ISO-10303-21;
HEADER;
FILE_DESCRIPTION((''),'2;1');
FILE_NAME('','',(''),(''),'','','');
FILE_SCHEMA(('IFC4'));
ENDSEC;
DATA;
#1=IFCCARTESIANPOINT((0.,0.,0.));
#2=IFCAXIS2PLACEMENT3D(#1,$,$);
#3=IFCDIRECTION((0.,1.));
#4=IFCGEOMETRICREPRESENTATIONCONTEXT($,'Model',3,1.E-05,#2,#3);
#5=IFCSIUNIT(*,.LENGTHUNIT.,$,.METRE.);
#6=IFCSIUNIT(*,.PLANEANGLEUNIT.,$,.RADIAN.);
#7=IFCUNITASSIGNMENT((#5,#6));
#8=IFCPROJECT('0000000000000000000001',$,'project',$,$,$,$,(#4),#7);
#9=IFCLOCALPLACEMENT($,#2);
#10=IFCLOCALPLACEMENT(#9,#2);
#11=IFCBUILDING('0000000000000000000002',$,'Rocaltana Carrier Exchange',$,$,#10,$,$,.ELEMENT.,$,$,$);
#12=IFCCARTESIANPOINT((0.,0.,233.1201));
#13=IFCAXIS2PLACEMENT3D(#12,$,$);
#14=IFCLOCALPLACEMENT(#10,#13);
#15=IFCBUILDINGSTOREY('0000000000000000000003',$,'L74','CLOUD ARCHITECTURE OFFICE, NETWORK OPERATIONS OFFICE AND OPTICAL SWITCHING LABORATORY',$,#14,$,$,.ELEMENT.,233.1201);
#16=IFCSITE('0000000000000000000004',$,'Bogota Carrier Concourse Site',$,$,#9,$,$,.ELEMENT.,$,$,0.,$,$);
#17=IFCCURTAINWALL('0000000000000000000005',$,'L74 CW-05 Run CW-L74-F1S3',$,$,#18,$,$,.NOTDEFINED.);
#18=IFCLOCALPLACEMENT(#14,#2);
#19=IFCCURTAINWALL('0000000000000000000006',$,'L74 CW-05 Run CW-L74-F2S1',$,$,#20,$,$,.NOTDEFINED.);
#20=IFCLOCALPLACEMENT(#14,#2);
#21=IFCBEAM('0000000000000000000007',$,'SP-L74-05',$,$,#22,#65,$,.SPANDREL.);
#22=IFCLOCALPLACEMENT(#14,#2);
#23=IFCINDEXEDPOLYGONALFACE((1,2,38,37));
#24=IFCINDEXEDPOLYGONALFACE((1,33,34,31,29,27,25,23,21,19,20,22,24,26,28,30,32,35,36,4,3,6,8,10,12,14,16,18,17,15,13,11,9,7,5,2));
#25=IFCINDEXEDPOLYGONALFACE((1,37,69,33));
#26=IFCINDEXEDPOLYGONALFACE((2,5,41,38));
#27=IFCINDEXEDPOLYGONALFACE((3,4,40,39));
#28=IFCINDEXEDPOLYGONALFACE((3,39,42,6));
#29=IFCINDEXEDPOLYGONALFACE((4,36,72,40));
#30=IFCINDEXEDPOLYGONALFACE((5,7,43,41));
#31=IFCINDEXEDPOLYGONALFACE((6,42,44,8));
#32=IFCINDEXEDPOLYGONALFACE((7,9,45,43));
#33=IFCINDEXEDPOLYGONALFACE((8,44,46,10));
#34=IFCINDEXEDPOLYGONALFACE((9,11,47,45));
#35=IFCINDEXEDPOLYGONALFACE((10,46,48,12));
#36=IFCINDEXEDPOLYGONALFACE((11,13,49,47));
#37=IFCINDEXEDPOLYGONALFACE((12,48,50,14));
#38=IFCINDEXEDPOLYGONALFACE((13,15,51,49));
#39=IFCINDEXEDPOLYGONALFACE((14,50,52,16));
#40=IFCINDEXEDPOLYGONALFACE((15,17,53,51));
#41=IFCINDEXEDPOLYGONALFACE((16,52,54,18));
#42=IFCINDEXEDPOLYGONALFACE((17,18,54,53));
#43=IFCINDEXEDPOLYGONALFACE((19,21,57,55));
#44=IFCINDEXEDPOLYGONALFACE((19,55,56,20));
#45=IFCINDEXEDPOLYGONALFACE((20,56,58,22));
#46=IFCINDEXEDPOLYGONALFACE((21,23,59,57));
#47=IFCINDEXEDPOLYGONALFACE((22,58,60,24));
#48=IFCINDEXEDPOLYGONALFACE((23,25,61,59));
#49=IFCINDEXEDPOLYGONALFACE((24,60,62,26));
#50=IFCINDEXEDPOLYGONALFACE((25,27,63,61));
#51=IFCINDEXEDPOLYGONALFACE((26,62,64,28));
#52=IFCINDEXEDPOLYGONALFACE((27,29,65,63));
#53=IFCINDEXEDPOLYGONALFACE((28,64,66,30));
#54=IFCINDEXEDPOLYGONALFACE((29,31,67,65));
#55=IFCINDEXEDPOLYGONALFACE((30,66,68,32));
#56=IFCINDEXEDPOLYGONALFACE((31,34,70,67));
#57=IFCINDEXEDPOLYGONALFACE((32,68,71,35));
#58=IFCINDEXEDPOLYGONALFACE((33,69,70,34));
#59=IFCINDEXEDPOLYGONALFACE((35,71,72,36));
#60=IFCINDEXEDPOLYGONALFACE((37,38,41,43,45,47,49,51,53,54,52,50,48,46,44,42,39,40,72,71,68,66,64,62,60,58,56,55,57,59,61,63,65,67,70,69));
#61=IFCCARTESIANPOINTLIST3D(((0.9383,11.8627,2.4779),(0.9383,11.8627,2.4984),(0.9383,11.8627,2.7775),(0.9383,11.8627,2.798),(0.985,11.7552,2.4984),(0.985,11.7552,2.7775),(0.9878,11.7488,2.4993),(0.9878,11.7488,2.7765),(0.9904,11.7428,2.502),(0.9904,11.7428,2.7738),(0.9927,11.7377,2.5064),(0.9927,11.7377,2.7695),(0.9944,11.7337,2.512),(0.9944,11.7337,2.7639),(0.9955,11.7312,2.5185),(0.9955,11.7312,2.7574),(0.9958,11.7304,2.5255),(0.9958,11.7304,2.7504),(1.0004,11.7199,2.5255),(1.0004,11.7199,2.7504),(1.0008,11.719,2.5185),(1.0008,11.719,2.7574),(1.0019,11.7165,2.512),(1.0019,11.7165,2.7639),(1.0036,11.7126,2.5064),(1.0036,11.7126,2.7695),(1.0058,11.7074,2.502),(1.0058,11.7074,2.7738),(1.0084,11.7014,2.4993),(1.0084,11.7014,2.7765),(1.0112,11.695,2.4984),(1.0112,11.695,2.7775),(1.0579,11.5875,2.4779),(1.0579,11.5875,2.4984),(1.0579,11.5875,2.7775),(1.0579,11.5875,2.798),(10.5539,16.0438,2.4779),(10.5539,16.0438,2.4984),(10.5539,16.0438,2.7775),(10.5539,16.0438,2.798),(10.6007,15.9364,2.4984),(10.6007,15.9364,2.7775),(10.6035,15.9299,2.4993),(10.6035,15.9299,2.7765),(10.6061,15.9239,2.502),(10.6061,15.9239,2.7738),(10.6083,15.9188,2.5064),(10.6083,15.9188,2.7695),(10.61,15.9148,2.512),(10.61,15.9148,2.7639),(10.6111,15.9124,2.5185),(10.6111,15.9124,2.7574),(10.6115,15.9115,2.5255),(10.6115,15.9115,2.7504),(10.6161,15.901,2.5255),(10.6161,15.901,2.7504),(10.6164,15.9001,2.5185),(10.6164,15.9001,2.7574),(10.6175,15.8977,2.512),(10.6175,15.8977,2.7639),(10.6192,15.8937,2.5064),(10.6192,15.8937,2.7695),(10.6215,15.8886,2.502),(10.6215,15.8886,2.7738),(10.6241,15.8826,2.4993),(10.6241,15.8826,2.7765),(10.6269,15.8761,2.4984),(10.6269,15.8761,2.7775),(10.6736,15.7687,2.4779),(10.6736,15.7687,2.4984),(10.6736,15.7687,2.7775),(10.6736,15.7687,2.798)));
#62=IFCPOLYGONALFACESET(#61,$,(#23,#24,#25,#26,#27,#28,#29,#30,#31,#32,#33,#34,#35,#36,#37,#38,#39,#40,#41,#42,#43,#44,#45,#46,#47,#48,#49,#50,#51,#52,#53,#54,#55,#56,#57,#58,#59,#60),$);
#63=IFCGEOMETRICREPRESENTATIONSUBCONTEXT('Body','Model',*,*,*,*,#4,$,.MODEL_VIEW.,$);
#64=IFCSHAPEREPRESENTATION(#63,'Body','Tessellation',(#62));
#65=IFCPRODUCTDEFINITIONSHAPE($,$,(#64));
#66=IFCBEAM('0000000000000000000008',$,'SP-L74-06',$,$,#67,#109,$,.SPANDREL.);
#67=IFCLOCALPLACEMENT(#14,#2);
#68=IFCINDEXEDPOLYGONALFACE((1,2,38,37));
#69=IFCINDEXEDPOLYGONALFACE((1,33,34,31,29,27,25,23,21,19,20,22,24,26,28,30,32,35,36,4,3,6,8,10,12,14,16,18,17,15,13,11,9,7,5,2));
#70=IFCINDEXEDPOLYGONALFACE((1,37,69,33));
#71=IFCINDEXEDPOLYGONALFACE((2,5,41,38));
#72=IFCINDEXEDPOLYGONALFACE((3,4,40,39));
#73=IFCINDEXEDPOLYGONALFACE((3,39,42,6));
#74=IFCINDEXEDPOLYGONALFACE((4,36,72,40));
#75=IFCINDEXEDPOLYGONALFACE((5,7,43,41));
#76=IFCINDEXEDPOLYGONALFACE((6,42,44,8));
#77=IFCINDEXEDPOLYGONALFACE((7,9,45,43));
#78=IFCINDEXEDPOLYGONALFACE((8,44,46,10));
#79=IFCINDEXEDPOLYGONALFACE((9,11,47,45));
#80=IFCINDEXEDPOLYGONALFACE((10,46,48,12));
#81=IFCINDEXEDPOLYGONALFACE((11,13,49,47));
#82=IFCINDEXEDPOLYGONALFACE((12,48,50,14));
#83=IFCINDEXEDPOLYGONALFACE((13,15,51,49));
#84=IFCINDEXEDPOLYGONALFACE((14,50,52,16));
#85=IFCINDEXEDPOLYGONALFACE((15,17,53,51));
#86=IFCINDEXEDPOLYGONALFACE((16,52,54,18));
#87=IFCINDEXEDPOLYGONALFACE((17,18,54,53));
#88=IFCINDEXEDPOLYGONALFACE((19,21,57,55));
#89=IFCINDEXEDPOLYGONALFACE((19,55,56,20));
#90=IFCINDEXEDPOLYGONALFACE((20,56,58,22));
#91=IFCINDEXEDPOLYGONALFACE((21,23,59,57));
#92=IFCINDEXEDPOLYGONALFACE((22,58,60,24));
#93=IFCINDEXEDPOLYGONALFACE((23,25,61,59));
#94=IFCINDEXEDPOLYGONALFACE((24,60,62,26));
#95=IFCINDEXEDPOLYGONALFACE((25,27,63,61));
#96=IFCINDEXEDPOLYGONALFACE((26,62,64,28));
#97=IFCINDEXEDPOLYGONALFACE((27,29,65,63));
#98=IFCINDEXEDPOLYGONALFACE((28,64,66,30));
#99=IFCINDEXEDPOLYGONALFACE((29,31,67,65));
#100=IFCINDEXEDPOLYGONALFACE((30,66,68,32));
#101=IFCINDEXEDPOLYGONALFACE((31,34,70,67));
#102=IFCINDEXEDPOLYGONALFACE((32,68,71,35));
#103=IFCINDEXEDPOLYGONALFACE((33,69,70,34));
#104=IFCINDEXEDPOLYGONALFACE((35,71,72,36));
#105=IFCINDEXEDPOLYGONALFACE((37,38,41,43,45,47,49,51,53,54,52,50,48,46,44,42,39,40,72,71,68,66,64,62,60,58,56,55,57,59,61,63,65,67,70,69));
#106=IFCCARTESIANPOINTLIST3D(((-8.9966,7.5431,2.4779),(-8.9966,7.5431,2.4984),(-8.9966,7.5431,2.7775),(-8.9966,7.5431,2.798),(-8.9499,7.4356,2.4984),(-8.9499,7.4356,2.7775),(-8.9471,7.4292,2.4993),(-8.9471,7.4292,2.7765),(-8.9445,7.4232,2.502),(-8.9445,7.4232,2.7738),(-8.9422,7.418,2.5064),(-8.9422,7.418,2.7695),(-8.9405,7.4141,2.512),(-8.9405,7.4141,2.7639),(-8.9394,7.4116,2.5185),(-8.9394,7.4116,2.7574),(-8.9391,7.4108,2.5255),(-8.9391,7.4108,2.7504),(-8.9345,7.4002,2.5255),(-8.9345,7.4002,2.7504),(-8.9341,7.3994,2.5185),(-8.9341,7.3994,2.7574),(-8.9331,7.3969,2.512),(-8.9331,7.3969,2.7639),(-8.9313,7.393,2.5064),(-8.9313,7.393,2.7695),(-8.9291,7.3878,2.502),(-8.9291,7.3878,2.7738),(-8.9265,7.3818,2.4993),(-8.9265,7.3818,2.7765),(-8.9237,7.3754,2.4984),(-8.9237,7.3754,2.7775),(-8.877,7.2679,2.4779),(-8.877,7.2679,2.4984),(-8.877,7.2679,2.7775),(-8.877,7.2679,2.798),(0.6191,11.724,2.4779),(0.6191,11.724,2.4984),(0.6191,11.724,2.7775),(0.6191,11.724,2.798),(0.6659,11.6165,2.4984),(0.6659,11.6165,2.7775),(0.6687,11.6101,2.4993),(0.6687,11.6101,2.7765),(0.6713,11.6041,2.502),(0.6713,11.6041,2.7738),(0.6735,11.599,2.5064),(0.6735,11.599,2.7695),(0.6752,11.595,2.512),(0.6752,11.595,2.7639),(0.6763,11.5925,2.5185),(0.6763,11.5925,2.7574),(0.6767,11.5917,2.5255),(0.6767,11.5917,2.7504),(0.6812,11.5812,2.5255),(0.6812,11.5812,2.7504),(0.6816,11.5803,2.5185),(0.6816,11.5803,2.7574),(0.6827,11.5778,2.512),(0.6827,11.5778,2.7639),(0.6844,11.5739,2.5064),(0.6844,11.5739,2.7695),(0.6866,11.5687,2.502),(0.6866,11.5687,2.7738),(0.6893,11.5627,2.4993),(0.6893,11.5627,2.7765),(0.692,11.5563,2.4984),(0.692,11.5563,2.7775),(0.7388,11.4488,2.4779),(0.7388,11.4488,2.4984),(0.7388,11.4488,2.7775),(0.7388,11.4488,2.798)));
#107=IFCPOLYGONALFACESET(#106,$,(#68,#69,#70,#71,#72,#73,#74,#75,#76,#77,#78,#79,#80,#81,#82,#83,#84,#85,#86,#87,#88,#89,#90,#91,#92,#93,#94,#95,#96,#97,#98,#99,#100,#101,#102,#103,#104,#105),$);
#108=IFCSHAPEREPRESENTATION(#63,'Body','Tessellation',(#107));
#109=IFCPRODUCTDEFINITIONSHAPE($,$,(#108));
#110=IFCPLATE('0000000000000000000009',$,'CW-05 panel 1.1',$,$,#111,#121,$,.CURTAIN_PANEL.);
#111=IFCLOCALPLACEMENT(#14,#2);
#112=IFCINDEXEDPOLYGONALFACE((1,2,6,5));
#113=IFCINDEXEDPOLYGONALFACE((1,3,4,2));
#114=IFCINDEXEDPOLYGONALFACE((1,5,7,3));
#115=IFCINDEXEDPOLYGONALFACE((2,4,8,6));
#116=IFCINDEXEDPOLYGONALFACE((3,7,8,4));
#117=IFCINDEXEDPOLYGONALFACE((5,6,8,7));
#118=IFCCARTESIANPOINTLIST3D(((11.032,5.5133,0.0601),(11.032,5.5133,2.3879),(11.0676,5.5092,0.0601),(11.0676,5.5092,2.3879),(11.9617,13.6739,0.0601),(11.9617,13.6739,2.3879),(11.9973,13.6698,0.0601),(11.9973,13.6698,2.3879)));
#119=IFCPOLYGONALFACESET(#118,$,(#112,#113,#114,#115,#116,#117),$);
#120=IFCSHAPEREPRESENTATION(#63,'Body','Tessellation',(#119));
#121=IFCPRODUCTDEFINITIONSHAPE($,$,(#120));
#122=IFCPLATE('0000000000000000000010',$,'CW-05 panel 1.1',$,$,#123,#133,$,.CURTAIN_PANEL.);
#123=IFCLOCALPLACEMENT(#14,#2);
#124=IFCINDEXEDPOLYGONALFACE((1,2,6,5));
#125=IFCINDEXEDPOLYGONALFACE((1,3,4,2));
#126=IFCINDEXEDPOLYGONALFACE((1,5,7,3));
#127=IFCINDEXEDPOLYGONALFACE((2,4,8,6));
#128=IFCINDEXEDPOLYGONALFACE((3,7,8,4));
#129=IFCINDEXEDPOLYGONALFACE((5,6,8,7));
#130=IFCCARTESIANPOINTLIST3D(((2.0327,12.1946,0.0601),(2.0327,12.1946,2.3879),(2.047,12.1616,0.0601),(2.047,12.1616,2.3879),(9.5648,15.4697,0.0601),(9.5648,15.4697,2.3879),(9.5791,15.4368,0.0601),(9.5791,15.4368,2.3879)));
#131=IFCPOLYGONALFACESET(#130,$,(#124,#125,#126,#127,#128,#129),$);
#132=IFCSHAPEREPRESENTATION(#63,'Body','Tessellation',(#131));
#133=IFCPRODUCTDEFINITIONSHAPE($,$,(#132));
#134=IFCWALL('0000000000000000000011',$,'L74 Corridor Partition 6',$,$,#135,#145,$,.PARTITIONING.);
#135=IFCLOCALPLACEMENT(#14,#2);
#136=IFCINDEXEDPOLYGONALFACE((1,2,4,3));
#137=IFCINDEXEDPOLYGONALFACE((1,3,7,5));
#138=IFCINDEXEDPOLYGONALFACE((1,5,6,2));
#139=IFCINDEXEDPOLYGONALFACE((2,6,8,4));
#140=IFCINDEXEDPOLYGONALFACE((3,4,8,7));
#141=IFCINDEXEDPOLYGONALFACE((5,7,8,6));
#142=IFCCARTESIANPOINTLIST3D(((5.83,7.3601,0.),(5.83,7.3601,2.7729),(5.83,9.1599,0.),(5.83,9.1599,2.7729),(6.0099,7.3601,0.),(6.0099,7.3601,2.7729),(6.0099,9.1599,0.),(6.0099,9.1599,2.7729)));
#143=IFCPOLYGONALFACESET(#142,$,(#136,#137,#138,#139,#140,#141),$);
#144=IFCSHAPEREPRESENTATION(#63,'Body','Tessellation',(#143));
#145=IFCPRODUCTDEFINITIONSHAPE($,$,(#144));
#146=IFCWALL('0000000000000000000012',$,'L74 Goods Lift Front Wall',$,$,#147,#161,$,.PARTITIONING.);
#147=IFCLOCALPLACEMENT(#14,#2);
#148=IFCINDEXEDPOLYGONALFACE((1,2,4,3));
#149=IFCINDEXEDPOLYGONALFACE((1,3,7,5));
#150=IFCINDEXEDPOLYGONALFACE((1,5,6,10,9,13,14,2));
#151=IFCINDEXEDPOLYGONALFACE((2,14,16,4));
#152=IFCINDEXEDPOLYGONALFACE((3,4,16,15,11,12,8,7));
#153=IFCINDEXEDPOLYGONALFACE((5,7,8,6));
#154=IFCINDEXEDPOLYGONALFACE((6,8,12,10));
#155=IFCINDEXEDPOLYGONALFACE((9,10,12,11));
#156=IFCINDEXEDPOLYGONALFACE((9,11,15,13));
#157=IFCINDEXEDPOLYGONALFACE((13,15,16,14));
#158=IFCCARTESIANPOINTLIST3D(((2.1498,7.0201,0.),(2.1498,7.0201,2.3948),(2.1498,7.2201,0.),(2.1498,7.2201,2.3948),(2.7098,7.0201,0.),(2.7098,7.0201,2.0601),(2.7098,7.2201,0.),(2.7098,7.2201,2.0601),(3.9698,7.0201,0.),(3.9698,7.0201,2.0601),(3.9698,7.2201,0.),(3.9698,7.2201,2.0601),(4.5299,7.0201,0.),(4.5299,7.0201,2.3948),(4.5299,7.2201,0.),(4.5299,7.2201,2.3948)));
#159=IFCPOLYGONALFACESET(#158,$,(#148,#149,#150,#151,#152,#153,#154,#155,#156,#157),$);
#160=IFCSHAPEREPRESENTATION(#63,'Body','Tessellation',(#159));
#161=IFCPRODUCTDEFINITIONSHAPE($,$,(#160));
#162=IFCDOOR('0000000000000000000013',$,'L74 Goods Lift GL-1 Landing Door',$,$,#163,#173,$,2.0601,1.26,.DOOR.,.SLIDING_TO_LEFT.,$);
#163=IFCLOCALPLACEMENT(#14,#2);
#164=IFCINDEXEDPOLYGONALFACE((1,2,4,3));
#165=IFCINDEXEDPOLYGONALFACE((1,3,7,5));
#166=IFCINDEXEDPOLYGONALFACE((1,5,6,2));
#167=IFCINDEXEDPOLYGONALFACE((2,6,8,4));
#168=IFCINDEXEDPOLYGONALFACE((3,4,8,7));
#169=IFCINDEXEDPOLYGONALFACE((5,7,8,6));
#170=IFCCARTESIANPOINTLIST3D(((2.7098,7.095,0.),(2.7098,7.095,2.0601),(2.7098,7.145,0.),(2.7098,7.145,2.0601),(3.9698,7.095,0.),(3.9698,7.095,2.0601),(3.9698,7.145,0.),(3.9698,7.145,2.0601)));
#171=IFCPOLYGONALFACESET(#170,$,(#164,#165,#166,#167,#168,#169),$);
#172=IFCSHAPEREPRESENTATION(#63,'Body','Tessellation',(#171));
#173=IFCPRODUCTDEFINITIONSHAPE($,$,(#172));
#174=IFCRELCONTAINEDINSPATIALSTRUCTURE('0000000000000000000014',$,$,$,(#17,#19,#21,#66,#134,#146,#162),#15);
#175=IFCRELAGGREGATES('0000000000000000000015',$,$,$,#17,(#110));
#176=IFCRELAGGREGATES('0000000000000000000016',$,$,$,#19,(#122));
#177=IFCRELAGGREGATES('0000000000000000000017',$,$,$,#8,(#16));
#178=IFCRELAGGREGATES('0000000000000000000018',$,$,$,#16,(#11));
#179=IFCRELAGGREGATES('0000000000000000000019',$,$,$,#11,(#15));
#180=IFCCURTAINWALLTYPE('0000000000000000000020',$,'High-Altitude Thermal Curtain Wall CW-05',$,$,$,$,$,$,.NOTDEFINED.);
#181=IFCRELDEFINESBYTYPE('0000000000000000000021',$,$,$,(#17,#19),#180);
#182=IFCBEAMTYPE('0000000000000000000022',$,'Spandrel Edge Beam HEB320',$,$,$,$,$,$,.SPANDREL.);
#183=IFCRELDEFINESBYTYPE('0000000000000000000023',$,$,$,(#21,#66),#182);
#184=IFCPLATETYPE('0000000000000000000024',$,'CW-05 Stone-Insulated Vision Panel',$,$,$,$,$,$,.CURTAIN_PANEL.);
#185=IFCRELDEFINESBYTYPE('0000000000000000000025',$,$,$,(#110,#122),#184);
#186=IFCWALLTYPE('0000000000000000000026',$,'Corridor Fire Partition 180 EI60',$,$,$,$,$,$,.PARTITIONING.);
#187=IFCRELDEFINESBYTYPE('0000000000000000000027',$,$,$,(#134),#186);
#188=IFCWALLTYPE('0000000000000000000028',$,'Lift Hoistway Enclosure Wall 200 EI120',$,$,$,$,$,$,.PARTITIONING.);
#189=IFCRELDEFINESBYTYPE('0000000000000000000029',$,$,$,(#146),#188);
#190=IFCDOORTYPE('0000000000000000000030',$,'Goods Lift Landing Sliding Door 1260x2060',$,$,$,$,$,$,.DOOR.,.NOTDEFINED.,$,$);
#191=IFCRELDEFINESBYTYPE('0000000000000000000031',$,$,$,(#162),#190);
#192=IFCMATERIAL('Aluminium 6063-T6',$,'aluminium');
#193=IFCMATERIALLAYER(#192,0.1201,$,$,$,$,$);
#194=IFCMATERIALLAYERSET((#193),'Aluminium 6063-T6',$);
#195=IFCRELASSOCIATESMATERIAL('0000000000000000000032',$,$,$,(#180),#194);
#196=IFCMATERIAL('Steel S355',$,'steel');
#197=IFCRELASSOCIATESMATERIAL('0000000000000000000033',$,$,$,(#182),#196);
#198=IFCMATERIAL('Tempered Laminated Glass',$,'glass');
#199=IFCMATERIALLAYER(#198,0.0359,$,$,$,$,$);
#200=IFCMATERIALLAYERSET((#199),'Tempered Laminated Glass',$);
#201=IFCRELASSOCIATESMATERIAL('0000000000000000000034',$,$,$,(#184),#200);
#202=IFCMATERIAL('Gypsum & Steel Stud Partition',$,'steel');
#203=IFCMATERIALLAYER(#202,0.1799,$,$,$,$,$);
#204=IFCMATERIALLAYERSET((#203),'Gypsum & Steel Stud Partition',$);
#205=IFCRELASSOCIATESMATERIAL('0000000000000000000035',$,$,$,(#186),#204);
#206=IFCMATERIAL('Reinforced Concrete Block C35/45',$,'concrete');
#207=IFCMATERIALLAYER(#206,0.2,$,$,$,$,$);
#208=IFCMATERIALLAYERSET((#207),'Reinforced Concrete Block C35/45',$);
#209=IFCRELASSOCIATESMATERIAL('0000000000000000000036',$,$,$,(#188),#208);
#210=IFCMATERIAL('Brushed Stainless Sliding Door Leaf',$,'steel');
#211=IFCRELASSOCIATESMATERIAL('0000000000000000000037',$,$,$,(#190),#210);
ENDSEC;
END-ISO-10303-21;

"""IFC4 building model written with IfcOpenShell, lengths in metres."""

from ifc_helpers import new_model, si_unit, direction, frame, frame_2d, origin, origin_2d, place, context, subcontext, project, spatial, rectangle, i_section, extrude, material, layer, layer_set, material_profile, profile_set, type_object, element, fill, aggregate, save


model = new_model("IFC4")

# Units and contexts
model_context = context("Model", 3, precision=1e-05, world=origin(), true_north=direction((0.0, 1.0)))
body_context = subcontext(model_context, "Body", "Model", "MODEL_VIEW")
ifc_project = project(units=[si_unit("LENGTHUNIT", "METRE"), si_unit("PLANEANGLEUNIT", "RADIAN")], contexts=[model_context])

# Site, building, storey
site_placement = place(None, origin())
site = spatial("IfcSite", under=ifc_project, at=site_placement, Name="Bogota Carrier Concourse Site", CompositionType="ELEMENT", RefElevation=0.0)
building_placement = place(site_placement, origin())
building = spatial("IfcBuilding", under=site, at=building_placement, Name="Rocaltana Carrier Exchange", CompositionType="ELEMENT")
storey_placement = place(building_placement, frame((0.0, 0.0, 233.1201)))
storey = spatial("IfcBuildingStorey", under=building, at=storey_placement, Name="L74", Description="CLOUD ARCHITECTURE OFFICE, NETWORK OPERATIONS OFFICE AND OPTICAL SWITCHING LABORATORY", CompositionType="ELEMENT", Elevation=233.1201)

# Curtain wall
ifc_material_1 = material(Name="Aluminium 6063-T6", Category="aluminium")
ifc_layer_1 = layer(ifc_material_1, 0.1201)
ifc_layer_set_1 = layer_set([ifc_layer_1], Name="Aluminium 6063-T6")
curtain_wall_type = type_object("IfcCurtainWallType", Name="High-Altitude Thermal Curtain Wall CW-05", PredefinedType="NOTDEFINED", material=ifc_layer_set_1)
curtain_wall_1_placement = place(storey_placement, origin())
curtain_wall_1 = element("IfcCurtainWall", 1, at=curtain_wall_1_placement, inside=storey, type_object=curtain_wall_type, Name="L74 CW-05 Run CW-L74-F1S3", PredefinedType="NOTDEFINED")

# Curtain wall
curtain_wall_2_placement = place(storey_placement, origin())
curtain_wall_2 = element("IfcCurtainWall", 2, at=curtain_wall_2_placement, inside=storey, type_object=curtain_wall_type, Name="L74 CW-05 Run CW-L74-F2S1", PredefinedType="NOTDEFINED")

# Beams
ifc_material_2 = material(Name="Steel S355", Category="steel")
ifc_material_profile_1 = material_profile(ifc_material_2, i_section(OverallWidth=0.3, OverallDepth=0.3201, WebThickness=0.0115, FlangeThickness=0.0205, FilletRadius=0.0271, at=origin_2d()), Name="HEB320")
ifc_profile_set_1 = profile_set([ifc_material_profile_1], Name="Steel S355")
beam_type_1 = type_object("IfcBeamType", Name="Spandrel Edge Beam HEB320", PredefinedType="SPANDREL", material=ifc_profile_set_1)
for number, where, z_axis, x_axis, name in (
    (3, (10.6138, 15.9062, 2.6379), (-0.917056, -0.398758, 0.0), (0.398758, -0.917056, 0.0), "SP-L74-05"),
    (4, (0.679, 11.5864, 2.6379), (-0.917065, -0.398739, 0.0), (0.398739, -0.917065, 0.0), "SP-L74-06"),
):
    element("IfcBeam", number, at=place(storey_placement, frame(where, z_axis=z_axis, x_axis=x_axis)), inside=storey, type_object=beam_type_1, Name=name, PredefinedType="SPANDREL", context=body_context, shape_type="SweptSolid", body=[
        extrude(i_section(OverallWidth=0.3, OverallDepth=0.3201, WebThickness=0.0115, FlangeThickness=0.0205, FilletRadius=0.0271, at=origin_2d()), origin(), (0.0, 0.0, 1.0), 10.4854),
    ])

# Plates
ifc_material_3 = material(Name="Tempered Laminated Glass", Category="glass")
ifc_layer_2 = layer(ifc_material_3, 0.0359)
ifc_layer_set_2 = layer_set([ifc_layer_2], Name="Tempered Laminated Glass")
plate_type = type_object("IfcPlateType", Name="CW-05 Stone-Insulated Vision Panel", PredefinedType="CURTAIN_PANEL", material=ifc_layer_set_2)
plate_1_placement = place(storey_placement, frame((11.5146, 9.5916, 0.0601), z_axis=(0.0, 0.0, 1.0), x_axis=(0.113197, 0.993573, 0.0)))
plate_1 = element("IfcPlate", 5, at=plate_1_placement, type_object=plate_type, Name="CW-05 panel 1.1", PredefinedType="CURTAIN_PANEL", context=body_context, shape_type="SweptSolid", body=[
    extrude(rectangle(XDim=8.2134, YDim=0.0359, at=origin_2d()), origin(), (0.0, 0.0, 1.0), 2.3279),
])
aggregate(curtain_wall_1, [plate_1])
plate_2_placement = place(storey_placement, frame((5.8059, 13.8157, 0.0601), z_axis=(0.0, 0.0, 1.0), x_axis=(-0.917057, -0.398757, 0.0)))
plate_2 = element("IfcPlate", 6, at=plate_2_placement, type_object=plate_type, Name="CW-05 panel 1.1", PredefinedType="CURTAIN_PANEL", context=body_context, shape_type="SweptSolid", body=[
    extrude(rectangle(XDim=8.2134, YDim=0.0359, at=origin_2d()), origin(), (0.0, 0.0, 1.0), 2.3279),
])
aggregate(curtain_wall_2, [plate_2])

# Wall
ifc_material_4 = material(Name="Gypsum & Steel Stud Partition", Category="steel")
ifc_layer_3 = layer(ifc_material_4, 0.1799)
ifc_layer_set_3 = layer_set([ifc_layer_3], Name="Gypsum & Steel Stud Partition")
wall_type_1 = type_object("IfcWallType", Name="Corridor Fire Partition 180 EI60", PredefinedType="PARTITIONING", material=ifc_layer_set_3)
wall_1_placement = place(storey_placement, frame((5.9199, 9.1599, 0.0), z_axis=(0.0, 0.0, 1.0), x_axis=(0.0, -1.0, 0.0)))
element("IfcWall", 7, at=wall_1_placement, inside=storey, type_object=wall_type_1, Name="L74 Corridor Partition 6", PredefinedType="PARTITIONING", context=body_context, shape_type="SweptSolid", body=[
    extrude(rectangle(XDim=1.7998, YDim=0.1799, at=frame_2d((0.8999, 0.0))), origin(), (0.0, 0.0, 1.0), 2.7729),
])

# Wall, opening, door
ifc_material_5 = material(Name="Reinforced Concrete Block C35/45", Category="concrete")
ifc_layer_4 = layer(ifc_material_5, 0.2)
ifc_layer_set_4 = layer_set([ifc_layer_4], Name="Reinforced Concrete Block C35/45")
wall_type_2 = type_object("IfcWallType", Name="Lift Hoistway Enclosure Wall 200 EI120", PredefinedType="PARTITIONING", material=ifc_layer_set_4)
wall_2_placement = place(storey_placement, frame((2.1499, 7.1201, 0.0), z_axis=(0.0, 0.0, 1.0), x_axis=(1.0, 0.0, 0.0)))
wall_2 = element("IfcWall", 8, at=wall_2_placement, inside=storey, type_object=wall_type_2, Name="L74 Goods Lift Front Wall", PredefinedType="PARTITIONING", context=body_context, shape_type="SweptSolid", body=[
    extrude(rectangle(XDim=2.3801, YDim=0.2, at=frame_2d((1.1899, 0.0))), origin(), (0.0, 0.0, 1.0), 2.3948),
])
opening_1_placement = place(wall_2_placement, frame((0.5601, 0.0, 0.0)))
opening_1 = element("IfcOpeningElement", 9, at=opening_1_placement, cuts=wall_2, PredefinedType="OPENING", context=body_context, shape_type="SweptSolid", body=[
    extrude(rectangle(XDim=1.26, YDim=2.0601, at=frame_2d((0.6299, 1.03))), frame((0.0, 0.1099, 0.0), z_axis=(0.0, -1.0, 0.0), x_axis=(1.0, 0.0, 0.0)), (0.0, 0.0, 1.0), 0.22),
])
ifc_material_6 = material(Name="Brushed Stainless Sliding Door Leaf", Category="steel")
door_type_1 = type_object("IfcDoorType", Name="Goods Lift Landing Sliding Door 1260x2060", OperationType="NOTDEFINED", PredefinedType="DOOR", material=ifc_material_6)
door_1_placement = place(opening_1_placement, origin())
door_1 = element("IfcDoor", 10, at=door_1_placement, inside=storey, type_object=door_type_1, Name="L74 Goods Lift GL-1 Landing Door", OperationType="SLIDING_TO_LEFT", OverallHeight=2.0601, OverallWidth=1.26, PredefinedType="DOOR", context=body_context, shape_type="SweptSolid", body=[
    extrude(rectangle(XDim=1.26, YDim=2.0601, at=frame_2d((0.6299, 1.03))), frame((0.0, 0.0249, 0.0), z_axis=(0.0, -1.0, 0.0), x_axis=(1.0, 0.0, 0.0)), (0.0, 0.0, 1.0), 0.05),
])
fill(opening_1, door_1)

save(model, "model.ifc")
